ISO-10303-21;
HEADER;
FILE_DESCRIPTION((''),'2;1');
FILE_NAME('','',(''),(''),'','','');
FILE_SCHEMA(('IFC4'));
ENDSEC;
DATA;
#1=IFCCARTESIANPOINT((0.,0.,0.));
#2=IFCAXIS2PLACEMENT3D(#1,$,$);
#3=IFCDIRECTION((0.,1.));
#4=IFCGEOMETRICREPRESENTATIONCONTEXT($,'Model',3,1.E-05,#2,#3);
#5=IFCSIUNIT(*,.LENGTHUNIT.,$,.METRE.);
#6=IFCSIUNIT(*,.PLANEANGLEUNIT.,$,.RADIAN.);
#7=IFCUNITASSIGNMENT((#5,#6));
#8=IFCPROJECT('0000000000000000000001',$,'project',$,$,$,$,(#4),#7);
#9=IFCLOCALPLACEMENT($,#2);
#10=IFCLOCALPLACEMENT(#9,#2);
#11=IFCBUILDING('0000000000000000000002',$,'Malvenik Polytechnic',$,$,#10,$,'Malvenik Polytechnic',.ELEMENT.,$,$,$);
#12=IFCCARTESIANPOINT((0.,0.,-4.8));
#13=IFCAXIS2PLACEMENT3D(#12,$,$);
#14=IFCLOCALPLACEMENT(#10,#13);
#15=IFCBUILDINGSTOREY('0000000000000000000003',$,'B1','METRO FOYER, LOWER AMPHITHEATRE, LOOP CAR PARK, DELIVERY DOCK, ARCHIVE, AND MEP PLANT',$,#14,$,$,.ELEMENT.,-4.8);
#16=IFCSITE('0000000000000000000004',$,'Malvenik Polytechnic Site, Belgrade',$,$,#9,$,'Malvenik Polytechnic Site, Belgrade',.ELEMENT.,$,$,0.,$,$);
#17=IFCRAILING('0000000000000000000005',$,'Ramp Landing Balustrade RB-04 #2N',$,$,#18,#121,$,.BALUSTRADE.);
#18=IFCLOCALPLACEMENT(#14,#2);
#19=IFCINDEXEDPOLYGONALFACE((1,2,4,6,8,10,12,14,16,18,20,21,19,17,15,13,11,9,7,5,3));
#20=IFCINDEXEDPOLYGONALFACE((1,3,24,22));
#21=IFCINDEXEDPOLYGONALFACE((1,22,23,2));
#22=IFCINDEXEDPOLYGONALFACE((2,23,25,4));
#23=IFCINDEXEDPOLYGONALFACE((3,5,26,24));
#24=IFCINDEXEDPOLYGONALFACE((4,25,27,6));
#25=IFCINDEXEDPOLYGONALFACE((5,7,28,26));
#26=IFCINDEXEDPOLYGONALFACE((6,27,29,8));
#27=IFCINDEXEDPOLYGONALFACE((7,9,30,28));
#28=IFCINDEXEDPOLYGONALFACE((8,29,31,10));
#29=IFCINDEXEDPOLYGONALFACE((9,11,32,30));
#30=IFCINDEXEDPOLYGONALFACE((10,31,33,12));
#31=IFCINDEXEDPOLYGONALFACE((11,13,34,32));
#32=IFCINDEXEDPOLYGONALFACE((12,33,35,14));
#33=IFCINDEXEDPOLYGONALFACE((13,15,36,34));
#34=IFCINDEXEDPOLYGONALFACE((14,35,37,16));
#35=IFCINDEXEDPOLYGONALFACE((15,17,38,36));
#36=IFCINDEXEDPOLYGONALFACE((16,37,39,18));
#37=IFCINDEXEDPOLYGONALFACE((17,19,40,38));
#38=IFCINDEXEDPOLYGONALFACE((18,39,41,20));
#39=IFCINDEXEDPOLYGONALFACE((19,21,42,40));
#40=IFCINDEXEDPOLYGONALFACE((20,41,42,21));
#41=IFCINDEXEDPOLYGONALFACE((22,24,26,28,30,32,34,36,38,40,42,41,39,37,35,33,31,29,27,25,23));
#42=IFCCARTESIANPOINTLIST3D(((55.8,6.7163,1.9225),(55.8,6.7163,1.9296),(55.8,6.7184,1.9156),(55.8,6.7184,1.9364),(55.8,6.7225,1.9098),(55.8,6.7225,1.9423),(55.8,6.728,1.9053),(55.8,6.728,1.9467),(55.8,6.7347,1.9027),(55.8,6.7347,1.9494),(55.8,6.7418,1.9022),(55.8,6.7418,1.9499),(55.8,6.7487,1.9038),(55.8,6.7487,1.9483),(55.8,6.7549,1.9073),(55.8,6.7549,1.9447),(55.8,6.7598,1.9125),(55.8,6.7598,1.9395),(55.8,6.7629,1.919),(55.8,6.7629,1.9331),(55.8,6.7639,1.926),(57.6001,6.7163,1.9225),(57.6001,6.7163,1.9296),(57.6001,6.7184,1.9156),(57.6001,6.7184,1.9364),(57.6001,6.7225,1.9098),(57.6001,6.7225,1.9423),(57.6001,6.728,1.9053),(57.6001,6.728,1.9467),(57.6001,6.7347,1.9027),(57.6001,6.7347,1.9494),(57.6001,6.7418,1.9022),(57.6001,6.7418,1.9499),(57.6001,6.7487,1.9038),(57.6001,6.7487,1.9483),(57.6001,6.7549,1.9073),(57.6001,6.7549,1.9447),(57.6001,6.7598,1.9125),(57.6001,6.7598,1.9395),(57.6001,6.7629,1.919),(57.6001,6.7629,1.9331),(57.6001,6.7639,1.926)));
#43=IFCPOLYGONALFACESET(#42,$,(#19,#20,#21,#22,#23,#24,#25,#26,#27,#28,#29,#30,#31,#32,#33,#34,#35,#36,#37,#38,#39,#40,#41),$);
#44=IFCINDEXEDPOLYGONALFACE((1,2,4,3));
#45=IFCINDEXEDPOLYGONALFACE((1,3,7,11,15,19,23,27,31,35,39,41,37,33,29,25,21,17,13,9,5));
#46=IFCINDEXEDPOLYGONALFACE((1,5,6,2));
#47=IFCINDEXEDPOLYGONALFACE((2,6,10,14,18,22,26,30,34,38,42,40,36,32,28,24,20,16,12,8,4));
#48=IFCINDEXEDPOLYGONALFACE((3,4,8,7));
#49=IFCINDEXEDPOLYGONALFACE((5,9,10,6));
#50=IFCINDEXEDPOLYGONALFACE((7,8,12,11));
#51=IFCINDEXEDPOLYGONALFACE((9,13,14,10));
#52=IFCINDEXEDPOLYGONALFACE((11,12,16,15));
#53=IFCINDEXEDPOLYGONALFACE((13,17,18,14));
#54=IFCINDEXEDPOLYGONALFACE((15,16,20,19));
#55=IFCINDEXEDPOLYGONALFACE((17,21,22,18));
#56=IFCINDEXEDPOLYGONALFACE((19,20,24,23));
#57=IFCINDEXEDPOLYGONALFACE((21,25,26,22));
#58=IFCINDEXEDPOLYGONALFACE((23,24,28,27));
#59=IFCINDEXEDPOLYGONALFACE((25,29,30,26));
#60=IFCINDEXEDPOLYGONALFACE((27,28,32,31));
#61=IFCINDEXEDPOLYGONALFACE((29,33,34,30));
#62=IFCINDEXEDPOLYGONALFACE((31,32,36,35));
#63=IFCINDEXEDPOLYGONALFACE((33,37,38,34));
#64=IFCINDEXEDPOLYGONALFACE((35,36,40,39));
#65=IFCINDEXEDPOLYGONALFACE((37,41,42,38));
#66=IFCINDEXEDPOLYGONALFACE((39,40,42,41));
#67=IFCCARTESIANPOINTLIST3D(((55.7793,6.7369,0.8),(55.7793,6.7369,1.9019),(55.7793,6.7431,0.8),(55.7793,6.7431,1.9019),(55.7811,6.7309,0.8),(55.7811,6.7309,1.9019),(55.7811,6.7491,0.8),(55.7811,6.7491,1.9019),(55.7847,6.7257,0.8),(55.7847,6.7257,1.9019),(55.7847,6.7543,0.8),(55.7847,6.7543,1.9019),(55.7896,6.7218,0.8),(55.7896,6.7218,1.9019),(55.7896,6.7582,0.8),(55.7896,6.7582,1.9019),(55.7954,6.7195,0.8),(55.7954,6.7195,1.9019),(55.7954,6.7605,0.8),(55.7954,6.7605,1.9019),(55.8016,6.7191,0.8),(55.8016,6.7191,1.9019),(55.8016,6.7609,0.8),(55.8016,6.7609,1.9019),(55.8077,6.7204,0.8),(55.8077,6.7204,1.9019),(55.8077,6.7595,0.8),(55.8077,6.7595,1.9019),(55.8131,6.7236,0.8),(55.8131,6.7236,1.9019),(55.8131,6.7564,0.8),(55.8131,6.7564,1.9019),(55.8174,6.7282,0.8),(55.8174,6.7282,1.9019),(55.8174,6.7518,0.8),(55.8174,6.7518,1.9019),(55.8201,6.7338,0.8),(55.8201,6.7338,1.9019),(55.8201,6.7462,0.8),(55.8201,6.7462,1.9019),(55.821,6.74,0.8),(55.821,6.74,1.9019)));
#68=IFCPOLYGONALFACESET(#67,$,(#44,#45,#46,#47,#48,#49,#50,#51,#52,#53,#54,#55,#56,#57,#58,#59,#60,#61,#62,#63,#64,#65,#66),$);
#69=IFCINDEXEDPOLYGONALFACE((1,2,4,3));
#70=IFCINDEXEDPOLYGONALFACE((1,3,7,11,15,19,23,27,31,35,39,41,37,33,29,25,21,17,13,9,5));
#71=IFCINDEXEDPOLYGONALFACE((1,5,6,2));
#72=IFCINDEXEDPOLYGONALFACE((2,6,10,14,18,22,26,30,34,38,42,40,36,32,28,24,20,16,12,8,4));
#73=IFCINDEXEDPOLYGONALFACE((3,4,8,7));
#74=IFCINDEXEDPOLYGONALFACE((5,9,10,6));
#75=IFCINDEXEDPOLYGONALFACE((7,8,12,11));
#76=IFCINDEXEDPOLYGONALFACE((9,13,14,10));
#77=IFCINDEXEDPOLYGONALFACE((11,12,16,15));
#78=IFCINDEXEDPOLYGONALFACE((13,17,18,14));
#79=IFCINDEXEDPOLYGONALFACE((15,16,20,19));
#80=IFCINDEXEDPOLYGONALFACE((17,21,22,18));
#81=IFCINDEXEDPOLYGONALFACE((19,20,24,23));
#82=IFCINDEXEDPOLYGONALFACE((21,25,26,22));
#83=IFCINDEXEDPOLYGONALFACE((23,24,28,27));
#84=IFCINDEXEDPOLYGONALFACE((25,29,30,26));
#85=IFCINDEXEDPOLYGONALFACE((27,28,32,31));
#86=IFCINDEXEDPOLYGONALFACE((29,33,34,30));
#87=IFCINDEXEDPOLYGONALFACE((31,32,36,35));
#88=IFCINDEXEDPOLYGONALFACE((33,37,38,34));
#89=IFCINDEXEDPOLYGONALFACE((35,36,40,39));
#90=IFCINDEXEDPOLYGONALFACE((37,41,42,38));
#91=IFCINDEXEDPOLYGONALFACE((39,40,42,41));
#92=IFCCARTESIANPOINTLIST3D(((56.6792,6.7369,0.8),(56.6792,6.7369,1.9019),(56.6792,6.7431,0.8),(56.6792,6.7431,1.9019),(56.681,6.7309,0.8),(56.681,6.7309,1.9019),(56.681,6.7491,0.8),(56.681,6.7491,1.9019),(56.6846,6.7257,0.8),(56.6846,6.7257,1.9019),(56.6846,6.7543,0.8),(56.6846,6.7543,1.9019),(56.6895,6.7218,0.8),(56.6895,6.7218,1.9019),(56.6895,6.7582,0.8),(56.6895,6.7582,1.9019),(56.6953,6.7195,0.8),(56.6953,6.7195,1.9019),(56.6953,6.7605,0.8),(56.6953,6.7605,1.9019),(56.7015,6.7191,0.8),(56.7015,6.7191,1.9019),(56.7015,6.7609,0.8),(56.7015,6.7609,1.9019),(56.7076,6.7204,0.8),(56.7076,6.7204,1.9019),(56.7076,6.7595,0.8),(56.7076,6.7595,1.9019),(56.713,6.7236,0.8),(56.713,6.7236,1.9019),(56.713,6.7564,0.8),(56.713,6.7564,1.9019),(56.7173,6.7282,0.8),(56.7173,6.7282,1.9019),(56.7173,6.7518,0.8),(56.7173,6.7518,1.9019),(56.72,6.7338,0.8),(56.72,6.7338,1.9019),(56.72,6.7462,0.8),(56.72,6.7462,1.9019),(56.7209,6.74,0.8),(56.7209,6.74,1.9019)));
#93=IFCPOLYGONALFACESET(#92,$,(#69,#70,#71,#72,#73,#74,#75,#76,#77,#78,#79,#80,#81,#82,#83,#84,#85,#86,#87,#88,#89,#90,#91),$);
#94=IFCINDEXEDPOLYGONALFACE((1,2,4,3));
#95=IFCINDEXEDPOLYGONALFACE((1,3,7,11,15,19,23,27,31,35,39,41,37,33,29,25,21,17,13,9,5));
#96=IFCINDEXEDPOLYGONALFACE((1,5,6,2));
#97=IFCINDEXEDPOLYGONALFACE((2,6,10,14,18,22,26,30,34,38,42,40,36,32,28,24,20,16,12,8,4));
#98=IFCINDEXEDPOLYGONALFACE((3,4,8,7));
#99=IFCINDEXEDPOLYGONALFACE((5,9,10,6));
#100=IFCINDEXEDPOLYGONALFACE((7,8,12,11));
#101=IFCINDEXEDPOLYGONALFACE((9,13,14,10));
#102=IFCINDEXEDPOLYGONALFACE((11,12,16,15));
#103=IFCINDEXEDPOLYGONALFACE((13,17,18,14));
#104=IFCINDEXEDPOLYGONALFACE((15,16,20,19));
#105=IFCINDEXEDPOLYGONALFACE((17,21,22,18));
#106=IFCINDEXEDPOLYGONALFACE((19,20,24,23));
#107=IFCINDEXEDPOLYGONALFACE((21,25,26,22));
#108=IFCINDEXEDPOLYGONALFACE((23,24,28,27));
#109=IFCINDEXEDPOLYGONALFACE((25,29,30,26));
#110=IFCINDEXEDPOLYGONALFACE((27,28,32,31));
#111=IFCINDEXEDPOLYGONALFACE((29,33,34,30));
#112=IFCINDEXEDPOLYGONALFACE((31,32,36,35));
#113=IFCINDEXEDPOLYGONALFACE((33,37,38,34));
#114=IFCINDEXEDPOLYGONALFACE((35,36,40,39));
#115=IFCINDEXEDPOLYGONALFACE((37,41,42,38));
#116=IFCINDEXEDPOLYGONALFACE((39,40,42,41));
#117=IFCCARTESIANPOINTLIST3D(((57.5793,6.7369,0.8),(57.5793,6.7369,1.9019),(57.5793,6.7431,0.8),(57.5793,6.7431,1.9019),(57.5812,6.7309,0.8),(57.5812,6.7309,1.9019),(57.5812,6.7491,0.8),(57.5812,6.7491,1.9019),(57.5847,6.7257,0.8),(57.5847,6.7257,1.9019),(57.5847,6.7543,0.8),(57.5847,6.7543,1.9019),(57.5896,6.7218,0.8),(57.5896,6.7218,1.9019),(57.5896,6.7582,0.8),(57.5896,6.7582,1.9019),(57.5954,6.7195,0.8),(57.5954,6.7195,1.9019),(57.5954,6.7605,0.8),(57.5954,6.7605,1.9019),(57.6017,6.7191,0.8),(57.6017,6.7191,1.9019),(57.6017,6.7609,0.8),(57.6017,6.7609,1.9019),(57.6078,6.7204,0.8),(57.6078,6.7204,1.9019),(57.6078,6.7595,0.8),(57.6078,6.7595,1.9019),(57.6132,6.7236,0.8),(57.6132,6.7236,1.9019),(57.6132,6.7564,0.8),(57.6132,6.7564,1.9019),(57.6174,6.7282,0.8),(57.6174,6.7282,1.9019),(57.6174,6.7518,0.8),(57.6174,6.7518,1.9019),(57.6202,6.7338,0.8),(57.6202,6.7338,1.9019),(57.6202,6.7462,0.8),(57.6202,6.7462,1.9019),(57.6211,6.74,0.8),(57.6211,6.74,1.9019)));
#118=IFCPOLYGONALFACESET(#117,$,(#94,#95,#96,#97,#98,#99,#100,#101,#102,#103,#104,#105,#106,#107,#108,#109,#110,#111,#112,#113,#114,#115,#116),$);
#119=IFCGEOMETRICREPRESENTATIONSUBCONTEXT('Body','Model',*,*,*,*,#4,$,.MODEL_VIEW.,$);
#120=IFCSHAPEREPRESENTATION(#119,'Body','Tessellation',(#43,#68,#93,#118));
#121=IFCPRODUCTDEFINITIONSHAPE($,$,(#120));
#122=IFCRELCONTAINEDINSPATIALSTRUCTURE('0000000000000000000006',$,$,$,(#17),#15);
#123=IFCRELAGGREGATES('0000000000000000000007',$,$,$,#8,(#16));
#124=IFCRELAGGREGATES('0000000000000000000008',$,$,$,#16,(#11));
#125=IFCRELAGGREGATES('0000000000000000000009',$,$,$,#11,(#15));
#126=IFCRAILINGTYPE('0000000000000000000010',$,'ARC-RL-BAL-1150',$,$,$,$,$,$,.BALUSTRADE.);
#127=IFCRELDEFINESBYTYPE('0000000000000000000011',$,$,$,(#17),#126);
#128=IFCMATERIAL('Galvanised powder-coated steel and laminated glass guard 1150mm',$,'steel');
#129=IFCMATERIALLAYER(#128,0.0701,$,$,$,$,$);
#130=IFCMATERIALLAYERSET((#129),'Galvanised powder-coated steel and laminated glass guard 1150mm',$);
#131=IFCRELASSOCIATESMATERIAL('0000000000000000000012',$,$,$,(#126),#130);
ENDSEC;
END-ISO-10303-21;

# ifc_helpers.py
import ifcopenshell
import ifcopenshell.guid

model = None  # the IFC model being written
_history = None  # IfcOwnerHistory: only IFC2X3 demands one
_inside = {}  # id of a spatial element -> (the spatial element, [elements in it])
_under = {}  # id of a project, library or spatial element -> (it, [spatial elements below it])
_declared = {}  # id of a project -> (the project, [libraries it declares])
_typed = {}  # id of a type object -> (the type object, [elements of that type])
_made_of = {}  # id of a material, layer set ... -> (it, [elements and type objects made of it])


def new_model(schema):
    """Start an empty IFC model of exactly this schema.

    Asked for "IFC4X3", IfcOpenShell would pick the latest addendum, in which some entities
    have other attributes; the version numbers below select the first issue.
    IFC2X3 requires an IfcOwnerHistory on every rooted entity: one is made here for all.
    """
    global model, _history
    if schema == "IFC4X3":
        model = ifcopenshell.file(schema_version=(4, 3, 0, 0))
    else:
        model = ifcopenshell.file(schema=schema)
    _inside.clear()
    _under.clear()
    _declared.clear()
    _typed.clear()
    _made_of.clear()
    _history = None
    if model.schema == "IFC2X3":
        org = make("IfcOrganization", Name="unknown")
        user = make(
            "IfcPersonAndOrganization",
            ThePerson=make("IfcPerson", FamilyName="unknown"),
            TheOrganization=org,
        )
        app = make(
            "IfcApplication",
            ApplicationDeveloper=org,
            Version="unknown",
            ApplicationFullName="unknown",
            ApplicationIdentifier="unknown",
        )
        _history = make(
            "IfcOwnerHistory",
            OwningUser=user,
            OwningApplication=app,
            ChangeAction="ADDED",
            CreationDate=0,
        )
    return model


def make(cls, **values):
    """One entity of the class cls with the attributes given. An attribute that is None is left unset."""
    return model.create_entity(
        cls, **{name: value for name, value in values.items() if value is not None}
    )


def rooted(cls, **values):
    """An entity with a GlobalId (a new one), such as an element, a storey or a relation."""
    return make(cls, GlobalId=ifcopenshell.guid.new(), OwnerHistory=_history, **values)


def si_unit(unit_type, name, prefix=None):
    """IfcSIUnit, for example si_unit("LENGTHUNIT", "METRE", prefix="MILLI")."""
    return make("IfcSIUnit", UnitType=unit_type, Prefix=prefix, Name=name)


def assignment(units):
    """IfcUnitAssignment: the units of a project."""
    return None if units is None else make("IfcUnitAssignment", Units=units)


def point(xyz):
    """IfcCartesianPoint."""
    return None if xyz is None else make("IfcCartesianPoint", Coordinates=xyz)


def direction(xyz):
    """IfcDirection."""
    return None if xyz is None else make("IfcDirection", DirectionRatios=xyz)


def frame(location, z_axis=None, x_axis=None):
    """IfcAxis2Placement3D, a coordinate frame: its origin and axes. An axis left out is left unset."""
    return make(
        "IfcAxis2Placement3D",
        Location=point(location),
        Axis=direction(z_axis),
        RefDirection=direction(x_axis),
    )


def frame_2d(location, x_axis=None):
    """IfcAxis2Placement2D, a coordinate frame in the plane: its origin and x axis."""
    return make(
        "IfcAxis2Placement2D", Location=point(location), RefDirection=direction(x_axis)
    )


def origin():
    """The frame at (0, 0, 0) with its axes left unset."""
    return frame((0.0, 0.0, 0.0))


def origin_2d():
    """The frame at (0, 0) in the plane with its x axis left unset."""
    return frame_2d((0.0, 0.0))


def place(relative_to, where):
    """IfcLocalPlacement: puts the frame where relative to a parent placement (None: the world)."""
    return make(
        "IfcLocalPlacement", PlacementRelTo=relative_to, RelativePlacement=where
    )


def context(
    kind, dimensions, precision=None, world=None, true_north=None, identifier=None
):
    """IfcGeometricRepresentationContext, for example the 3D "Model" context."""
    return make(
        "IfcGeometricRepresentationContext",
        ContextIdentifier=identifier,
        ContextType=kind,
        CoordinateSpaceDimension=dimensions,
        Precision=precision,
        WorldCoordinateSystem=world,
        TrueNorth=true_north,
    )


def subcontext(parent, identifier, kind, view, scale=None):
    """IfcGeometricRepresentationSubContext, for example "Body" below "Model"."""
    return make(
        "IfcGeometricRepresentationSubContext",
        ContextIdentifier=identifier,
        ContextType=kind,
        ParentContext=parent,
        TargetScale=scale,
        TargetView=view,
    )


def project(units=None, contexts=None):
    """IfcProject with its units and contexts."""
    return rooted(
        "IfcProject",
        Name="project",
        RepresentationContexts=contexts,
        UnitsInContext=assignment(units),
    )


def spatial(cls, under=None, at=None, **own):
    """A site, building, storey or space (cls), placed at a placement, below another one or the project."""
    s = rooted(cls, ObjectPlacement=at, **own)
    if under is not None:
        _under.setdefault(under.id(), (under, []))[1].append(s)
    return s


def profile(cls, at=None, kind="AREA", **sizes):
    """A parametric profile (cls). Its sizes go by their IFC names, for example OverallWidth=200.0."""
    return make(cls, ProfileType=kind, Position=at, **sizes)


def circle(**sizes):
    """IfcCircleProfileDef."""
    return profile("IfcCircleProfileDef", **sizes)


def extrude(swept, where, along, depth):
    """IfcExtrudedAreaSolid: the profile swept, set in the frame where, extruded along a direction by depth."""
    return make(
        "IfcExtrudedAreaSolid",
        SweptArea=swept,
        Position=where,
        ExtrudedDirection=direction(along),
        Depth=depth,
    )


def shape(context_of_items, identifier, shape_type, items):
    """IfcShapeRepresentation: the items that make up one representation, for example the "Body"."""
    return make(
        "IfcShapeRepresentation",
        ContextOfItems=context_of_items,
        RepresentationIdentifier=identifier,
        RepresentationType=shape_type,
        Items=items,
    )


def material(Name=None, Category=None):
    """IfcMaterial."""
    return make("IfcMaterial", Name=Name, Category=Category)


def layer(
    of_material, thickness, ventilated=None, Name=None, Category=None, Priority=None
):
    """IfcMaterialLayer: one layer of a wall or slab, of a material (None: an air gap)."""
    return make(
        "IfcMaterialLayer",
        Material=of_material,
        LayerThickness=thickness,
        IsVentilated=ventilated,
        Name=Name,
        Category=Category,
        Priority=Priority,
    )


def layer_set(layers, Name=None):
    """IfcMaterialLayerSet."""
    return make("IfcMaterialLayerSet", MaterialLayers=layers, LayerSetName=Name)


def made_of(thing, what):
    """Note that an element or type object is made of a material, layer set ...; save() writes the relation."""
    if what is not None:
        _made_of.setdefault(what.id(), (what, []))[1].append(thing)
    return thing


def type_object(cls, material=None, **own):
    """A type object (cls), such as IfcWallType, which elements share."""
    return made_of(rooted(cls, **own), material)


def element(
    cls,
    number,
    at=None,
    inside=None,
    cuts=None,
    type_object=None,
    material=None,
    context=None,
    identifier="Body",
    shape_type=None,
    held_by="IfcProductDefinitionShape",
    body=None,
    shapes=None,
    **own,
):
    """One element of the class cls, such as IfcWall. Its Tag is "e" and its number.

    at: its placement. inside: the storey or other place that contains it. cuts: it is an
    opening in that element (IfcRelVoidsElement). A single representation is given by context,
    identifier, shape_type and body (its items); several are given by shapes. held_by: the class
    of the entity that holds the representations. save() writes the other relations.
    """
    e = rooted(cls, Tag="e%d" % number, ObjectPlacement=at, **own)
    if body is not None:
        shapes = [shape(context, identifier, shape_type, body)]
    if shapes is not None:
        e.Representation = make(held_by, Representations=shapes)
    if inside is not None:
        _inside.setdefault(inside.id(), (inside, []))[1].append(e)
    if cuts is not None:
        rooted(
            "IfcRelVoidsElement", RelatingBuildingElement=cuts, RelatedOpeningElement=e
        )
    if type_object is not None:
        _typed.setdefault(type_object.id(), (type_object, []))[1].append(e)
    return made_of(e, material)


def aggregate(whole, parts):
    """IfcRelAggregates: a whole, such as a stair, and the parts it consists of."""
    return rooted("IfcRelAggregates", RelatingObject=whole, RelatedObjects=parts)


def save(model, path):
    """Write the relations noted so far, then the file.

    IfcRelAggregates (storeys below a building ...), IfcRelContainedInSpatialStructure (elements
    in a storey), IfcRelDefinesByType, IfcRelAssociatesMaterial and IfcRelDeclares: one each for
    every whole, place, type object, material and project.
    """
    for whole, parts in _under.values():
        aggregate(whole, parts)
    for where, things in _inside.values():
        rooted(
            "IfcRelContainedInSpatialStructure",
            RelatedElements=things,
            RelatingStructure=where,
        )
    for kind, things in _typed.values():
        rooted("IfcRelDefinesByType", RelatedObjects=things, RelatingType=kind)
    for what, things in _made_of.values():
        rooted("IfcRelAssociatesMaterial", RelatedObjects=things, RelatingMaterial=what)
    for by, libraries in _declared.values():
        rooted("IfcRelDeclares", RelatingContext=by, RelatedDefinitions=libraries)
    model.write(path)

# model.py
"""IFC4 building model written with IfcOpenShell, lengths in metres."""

from ifc_helpers import new_model, si_unit, direction, frame, origin, origin_2d, place, context, subcontext, project, spatial, circle, extrude, material, layer, layer_set, type_object, element, save


model = new_model("IFC4")

# Units and contexts
model_context = context("Model", 3, precision=1e-05, world=origin(), true_north=direction((0.0, 1.0)))
body_context = subcontext(model_context, "Body", "Model", "MODEL_VIEW")
ifc_project = project(units=[si_unit("LENGTHUNIT", "METRE"), si_unit("PLANEANGLEUNIT", "RADIAN")], contexts=[model_context])

# Site, building, storey
site_placement = place(None, origin())
site = spatial("IfcSite", under=ifc_project, at=site_placement, Name="Malvenik Polytechnic Site, Belgrade", LongName="Malvenik Polytechnic Site, Belgrade", CompositionType="ELEMENT", RefElevation=0.0)
building_placement = place(site_placement, origin())
building = spatial("IfcBuilding", under=site, at=building_placement, Name="Malvenik Polytechnic", LongName="Malvenik Polytechnic", CompositionType="ELEMENT")
storey_placement = place(building_placement, frame((0.0, 0.0, -4.8)))
storey = spatial("IfcBuildingStorey", under=building, at=storey_placement, Name="B1", Description="METRO FOYER, LOWER AMPHITHEATRE, LOOP CAR PARK, DELIVERY DOCK, ARCHIVE, AND MEP PLANT", CompositionType="ELEMENT", Elevation=-4.8)

# Railing
ifc_material_1 = material(Name="Galvanised powder-coated steel and laminated glass guard 1150mm", Category="steel")
ifc_layer_1 = layer(ifc_material_1, 0.0701)
ifc_layer_set_1 = layer_set([ifc_layer_1], Name="Galvanised powder-coated steel and laminated glass guard 1150mm")
railing_type_1 = type_object("IfcRailingType", Name="ARC-RL-BAL-1150", PredefinedType="BALUSTRADE", material=ifc_layer_set_1)
for number, where, name in (
    (1, (55.8, 6.74, 0.8), "Ramp Landing Balustrade RB-04 #2N"),
):
    element("IfcRailing", number, at=place(storey_placement, frame(where)), inside=storey, type_object=railing_type_1, Name=name, PredefinedType="BALUSTRADE", context=body_context, shape_type="SweptSolid", body=[
        extrude(circle(Radius=0.0239, at=origin_2d()), frame((0.0, 0.0, 1.126), z_axis=(1.0, 0.0, 0.0), x_axis=(0.0, 1.0, 0.0)), (0.0, 0.0, 1.0), 1.8),
        extrude(circle(Radius=0.021, at=origin_2d()), origin(), (0.0, 0.0, 1.0), 1.1018),
        extrude(circle(Radius=0.021, at=origin_2d()), frame((0.8999, 0.0, 0.0)), (0.0, 0.0, 1.0), 1.1018),
        extrude(circle(Radius=0.021, at=origin_2d()), frame((1.8, 0.0, 0.0)), (0.0, 0.0, 1.0), 1.1018),
    ])

save(model, "model.ifc")
